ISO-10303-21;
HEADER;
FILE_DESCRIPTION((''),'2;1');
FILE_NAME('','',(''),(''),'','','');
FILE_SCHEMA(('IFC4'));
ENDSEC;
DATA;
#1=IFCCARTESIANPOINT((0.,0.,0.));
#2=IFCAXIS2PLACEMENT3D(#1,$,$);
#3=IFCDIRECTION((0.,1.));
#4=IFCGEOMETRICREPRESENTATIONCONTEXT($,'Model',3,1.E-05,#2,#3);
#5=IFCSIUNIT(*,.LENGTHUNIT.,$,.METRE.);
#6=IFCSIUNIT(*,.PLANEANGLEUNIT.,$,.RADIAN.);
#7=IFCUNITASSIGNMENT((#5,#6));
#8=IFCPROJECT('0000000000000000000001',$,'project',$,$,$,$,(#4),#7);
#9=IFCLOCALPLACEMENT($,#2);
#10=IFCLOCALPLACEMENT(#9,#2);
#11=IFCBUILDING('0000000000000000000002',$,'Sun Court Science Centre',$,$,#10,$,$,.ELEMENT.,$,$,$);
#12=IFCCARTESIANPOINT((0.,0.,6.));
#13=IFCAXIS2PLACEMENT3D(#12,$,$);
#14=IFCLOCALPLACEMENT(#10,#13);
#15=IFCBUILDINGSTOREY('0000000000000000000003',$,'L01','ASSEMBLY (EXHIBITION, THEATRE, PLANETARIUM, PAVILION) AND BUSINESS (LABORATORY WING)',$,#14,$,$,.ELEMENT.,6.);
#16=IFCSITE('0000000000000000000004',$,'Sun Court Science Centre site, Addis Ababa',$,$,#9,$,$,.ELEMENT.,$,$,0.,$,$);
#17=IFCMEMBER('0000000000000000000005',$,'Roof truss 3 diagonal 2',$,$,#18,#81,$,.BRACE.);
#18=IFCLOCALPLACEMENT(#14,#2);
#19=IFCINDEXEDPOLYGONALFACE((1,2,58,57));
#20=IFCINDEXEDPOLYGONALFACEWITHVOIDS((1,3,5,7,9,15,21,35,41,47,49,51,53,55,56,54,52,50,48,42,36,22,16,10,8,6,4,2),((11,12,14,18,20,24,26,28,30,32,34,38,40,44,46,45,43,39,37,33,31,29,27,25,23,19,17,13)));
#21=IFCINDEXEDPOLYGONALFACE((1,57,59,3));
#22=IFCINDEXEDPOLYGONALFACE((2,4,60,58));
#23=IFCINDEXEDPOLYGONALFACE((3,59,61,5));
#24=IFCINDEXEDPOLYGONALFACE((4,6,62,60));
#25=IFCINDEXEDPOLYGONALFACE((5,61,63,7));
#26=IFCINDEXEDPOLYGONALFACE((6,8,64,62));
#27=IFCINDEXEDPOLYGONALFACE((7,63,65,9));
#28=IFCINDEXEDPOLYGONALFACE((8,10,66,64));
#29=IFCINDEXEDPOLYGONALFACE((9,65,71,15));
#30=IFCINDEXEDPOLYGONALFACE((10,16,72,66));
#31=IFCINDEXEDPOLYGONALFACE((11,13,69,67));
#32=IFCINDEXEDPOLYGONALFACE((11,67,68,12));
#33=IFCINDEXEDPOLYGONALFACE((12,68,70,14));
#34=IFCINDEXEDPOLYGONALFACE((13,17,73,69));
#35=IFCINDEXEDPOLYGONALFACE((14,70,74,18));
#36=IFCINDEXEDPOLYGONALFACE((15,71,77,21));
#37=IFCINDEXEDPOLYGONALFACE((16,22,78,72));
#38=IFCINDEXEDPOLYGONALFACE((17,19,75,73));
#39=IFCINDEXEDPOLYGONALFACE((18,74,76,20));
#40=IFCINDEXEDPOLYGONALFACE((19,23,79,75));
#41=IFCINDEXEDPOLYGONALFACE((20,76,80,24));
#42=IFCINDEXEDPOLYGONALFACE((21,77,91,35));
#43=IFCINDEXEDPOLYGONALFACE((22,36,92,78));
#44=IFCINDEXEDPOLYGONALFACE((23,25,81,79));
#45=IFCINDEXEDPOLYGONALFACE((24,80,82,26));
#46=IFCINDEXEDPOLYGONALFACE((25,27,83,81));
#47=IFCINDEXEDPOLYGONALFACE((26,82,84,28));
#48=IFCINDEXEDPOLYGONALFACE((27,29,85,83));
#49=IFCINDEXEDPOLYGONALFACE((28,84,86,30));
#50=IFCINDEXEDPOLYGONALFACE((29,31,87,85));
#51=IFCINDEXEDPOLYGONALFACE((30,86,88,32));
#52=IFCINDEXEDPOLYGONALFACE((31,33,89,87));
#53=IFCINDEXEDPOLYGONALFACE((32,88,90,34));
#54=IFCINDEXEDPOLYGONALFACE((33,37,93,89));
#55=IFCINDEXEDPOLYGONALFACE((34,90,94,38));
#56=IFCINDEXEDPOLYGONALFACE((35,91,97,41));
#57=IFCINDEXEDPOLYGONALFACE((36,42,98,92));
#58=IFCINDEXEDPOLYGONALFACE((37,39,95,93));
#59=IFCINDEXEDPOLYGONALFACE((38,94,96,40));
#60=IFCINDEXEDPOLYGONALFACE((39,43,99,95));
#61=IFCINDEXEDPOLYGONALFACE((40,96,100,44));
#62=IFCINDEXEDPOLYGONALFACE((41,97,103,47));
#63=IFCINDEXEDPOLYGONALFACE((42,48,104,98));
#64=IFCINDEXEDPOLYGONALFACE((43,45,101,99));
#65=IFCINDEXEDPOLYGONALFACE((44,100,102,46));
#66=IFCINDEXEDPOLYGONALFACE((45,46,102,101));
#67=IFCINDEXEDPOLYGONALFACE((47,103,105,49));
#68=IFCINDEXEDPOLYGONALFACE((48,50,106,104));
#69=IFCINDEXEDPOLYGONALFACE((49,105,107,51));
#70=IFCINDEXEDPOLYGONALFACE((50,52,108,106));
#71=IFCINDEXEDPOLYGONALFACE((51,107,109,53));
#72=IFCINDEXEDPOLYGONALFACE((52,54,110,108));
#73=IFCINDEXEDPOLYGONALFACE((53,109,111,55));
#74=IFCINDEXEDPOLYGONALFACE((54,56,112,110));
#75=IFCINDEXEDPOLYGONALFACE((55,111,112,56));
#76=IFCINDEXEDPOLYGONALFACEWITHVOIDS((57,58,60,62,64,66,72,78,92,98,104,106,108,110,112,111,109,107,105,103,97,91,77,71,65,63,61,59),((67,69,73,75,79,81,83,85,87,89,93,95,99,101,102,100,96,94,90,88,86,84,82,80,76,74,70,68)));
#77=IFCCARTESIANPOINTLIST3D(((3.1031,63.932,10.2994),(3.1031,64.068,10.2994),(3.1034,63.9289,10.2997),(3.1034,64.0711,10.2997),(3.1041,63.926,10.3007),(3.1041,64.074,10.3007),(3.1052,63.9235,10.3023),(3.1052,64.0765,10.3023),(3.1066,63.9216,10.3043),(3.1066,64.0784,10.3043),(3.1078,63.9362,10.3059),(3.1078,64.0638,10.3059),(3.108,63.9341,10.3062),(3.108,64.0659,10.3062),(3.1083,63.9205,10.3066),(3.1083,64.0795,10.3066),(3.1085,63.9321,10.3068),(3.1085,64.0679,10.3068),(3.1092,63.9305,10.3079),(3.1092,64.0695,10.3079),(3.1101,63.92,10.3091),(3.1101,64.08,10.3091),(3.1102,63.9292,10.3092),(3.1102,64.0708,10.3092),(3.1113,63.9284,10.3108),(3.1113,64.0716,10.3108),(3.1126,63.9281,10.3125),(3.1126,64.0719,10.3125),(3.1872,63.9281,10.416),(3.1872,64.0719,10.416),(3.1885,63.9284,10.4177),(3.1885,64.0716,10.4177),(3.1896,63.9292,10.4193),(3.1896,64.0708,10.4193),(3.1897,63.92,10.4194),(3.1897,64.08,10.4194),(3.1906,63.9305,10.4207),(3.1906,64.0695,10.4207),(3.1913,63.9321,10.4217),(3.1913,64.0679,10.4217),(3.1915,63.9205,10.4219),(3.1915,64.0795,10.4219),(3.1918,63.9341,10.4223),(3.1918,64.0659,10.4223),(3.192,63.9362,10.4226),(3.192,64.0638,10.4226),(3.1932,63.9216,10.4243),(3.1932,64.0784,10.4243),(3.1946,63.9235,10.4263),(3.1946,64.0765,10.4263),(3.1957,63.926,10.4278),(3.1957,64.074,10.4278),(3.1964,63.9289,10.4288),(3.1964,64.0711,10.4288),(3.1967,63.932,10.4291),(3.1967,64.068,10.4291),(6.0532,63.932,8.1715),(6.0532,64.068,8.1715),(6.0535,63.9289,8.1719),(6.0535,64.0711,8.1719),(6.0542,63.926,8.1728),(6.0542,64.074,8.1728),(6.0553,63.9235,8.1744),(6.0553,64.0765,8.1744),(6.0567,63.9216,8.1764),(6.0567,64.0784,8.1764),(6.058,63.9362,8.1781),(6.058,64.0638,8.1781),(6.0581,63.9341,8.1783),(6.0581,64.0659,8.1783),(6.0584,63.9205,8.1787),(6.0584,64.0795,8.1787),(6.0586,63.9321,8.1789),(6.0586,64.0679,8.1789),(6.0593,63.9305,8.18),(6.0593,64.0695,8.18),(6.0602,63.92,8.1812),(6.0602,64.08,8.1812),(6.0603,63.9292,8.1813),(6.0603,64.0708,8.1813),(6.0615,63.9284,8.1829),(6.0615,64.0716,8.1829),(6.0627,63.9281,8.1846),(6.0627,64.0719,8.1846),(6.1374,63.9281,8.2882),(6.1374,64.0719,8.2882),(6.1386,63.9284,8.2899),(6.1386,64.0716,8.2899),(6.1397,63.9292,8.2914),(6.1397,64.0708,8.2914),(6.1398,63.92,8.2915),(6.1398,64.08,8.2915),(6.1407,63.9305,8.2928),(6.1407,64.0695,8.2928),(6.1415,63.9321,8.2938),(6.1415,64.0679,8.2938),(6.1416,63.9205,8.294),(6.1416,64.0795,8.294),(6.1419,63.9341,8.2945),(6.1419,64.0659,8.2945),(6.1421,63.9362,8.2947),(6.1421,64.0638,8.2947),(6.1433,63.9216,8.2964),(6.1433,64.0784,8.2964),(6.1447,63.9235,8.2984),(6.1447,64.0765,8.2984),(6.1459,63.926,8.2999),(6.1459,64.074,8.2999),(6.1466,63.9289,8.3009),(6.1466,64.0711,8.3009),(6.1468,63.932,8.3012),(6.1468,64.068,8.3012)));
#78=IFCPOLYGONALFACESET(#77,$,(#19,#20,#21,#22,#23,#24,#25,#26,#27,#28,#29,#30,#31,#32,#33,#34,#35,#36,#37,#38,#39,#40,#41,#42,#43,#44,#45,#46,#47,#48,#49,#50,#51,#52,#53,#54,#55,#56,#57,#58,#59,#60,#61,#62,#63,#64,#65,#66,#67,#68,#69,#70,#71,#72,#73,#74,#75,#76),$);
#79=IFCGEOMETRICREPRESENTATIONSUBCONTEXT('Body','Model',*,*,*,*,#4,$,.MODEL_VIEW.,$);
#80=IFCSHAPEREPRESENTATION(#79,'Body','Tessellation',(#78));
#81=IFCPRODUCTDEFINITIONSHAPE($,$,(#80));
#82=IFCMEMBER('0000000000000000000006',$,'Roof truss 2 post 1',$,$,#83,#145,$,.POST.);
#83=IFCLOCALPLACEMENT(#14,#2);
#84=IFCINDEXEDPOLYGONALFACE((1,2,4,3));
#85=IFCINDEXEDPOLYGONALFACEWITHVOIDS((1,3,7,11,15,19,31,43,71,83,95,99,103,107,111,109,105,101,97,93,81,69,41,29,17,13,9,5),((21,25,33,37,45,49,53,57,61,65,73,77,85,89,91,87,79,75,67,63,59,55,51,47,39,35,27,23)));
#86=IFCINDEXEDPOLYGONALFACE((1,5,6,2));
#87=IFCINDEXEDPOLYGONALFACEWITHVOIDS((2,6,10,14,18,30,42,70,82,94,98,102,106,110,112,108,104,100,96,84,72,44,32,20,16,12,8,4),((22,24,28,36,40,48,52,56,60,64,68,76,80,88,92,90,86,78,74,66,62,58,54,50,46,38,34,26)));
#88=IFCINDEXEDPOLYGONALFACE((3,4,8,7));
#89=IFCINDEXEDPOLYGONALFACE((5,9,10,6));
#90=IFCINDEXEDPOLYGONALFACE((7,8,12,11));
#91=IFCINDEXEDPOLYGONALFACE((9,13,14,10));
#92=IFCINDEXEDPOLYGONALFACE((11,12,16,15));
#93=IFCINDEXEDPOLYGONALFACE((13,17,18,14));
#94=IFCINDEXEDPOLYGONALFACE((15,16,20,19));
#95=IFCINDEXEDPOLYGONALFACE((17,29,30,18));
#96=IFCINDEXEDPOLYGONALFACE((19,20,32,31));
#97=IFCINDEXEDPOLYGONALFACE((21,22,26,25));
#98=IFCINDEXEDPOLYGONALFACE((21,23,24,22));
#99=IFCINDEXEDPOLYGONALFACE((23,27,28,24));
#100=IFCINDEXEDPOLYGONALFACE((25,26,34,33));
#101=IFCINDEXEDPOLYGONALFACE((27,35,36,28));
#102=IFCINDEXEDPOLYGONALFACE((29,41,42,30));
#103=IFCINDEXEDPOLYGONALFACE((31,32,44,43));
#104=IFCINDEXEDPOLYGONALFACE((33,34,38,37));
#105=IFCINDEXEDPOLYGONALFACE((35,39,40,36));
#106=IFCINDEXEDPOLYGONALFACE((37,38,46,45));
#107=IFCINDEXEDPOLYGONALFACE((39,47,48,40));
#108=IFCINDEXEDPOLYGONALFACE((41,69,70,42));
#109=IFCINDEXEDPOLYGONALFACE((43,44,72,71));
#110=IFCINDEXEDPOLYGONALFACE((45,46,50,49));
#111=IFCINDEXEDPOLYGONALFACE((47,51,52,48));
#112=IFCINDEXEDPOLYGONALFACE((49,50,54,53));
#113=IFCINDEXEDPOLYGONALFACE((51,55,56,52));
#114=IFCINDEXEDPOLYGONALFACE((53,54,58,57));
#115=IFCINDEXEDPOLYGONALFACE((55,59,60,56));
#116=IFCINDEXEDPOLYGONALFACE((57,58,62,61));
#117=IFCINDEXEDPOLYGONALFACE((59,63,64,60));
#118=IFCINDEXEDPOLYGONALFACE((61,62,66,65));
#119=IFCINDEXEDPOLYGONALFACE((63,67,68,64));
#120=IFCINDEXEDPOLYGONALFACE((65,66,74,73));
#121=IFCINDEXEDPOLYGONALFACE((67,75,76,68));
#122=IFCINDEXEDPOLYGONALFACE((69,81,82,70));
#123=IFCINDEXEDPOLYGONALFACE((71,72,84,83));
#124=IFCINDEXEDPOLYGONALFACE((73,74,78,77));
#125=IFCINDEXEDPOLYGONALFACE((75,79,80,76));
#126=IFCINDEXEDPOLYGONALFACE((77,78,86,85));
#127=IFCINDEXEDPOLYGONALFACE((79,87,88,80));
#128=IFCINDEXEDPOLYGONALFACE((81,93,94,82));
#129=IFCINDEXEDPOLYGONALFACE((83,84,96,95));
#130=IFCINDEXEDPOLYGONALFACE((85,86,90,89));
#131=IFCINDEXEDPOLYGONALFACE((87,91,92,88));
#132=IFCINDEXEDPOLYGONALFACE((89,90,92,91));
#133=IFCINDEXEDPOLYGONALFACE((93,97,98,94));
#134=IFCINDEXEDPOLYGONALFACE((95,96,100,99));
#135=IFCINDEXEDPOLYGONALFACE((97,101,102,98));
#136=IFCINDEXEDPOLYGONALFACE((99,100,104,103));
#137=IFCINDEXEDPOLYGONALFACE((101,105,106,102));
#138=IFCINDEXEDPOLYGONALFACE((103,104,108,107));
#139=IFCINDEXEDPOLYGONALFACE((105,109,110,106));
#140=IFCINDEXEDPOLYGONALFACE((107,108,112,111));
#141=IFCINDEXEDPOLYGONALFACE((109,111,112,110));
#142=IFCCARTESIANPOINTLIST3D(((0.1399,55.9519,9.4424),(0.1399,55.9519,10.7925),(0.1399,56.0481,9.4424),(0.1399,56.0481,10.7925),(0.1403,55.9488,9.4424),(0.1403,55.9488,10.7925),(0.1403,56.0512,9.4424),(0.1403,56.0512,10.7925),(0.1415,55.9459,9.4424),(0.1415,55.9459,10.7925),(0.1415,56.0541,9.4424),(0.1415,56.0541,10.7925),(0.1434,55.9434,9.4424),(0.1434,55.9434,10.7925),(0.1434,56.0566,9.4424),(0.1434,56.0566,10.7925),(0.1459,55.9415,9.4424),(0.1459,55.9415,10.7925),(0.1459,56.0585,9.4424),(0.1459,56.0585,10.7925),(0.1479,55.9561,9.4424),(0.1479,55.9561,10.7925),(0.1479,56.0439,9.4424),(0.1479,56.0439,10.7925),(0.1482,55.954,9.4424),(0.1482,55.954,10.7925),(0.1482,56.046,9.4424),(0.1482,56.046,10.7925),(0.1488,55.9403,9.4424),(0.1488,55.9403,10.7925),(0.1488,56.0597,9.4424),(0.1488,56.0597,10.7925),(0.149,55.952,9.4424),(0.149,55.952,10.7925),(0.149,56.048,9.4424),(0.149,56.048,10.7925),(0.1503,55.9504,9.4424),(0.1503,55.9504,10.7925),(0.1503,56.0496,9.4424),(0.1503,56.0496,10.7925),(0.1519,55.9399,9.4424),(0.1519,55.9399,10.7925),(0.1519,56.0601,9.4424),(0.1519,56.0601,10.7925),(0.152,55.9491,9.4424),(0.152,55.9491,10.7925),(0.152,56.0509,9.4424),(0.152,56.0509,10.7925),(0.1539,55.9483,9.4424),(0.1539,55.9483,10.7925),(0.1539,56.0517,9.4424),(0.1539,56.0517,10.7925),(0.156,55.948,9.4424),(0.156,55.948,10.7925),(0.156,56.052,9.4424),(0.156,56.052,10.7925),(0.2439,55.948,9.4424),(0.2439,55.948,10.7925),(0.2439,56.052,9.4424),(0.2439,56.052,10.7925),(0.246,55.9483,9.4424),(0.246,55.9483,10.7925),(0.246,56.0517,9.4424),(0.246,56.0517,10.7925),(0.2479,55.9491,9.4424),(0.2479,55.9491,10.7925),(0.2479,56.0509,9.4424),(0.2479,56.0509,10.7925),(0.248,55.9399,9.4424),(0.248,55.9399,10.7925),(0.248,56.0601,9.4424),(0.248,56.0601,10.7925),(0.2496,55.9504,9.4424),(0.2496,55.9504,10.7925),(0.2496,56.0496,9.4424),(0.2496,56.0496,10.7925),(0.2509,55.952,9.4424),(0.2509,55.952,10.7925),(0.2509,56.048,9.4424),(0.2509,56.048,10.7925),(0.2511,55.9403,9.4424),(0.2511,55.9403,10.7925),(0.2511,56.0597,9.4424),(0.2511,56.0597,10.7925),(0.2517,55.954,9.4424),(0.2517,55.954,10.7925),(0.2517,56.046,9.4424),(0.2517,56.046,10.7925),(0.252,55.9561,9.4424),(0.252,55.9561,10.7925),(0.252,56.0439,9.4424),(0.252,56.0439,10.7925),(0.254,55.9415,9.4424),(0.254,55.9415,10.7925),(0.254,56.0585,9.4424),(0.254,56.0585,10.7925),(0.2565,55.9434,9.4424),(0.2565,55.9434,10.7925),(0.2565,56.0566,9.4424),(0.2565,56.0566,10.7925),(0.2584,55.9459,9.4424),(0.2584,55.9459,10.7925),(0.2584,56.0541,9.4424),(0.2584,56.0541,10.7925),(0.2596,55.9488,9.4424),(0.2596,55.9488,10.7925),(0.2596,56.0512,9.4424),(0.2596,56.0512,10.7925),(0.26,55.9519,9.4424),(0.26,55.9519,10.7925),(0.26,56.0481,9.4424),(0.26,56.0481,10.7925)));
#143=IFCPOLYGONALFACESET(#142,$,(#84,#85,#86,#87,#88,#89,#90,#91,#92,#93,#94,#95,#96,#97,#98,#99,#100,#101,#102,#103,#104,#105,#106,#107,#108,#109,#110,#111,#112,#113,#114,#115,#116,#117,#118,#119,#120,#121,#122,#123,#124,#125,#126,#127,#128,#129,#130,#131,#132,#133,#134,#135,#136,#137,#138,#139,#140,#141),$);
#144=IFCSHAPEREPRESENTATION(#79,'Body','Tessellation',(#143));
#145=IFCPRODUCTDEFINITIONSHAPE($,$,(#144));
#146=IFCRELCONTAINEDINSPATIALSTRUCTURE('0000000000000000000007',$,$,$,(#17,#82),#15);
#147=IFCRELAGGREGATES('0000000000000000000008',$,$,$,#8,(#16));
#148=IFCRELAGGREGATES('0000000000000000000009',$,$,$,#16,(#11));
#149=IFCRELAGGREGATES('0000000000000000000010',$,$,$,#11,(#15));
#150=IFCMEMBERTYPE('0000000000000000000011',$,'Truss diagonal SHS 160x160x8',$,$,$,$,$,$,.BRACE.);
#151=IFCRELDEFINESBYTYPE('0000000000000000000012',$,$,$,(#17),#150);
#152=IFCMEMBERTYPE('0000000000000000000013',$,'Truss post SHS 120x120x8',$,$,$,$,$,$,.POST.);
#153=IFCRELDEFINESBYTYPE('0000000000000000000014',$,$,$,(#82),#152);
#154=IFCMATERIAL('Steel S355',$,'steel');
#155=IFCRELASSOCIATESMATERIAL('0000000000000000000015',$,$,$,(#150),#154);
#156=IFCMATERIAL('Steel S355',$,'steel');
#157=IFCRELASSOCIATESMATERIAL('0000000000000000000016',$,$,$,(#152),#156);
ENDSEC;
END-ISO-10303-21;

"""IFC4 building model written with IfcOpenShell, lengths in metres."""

from ifc_helpers import new_model, si_unit, direction, frame, origin, origin_2d, place, context, subcontext, project, spatial, hollow_rectangle, extrude, material, material_profile, profile_set, type_object, element, save


model = new_model("IFC4")

# Units and contexts
model_context = context("Model", 3, precision=1e-05, world=origin(), true_north=direction((0.0, 1.0)))
body_context = subcontext(model_context, "Body", "Model", "MODEL_VIEW")
ifc_project = project(units=[si_unit("LENGTHUNIT", "METRE"), si_unit("PLANEANGLEUNIT", "RADIAN")], contexts=[model_context])

# Site, building, storey
site_placement = place(None, origin())
site = spatial("IfcSite", under=ifc_project, at=site_placement, Name="Sun Court Science Centre site, Addis Ababa", CompositionType="ELEMENT", RefElevation=0.0)
building_placement = place(site_placement, origin())
building = spatial("IfcBuilding", under=site, at=building_placement, Name="Sun Court Science Centre", CompositionType="ELEMENT")
storey_placement = place(building_placement, frame((0.0, 0.0, 6.0)))
storey = spatial("IfcBuildingStorey", under=building, at=storey_placement, Name="L01", Description="ASSEMBLY (EXHIBITION, THEATRE, PLANETARIUM, PAVILION) AND BUSINESS (LABORATORY WING)", CompositionType="ELEMENT", Elevation=6.0)

# Members
ifc_material_1 = material(Name="Steel S355", Category="steel")
ifc_material_profile_1 = material_profile(ifc_material_1, hollow_rectangle(XDim=0.1599, YDim=0.1599, WallThickness=0.0081, InnerFilletRadius=0.0081, OuterFilletRadius=0.012, at=origin_2d()), Name="SHS 160x160x8")
ifc_profile_set_1 = profile_set([ifc_material_profile_1], Name="Steel S355")
member_type_1 = type_object("IfcMemberType", Name="Truss diagonal SHS 160x160x8", PredefinedType="BRACE", material=ifc_profile_set_1)
member_1_placement = place(storey_placement, frame((3.1499, 64.0, 10.3643), z_axis=(0.81104, 0.0, -0.584991), x_axis=(0.0, 1.0, 0.0)))
element("IfcMember", 1, at=member_1_placement, inside=storey, type_object=member_type_1, Name="Roof truss 3 diagonal 2", PredefinedType="BRACE", context=body_context, shape_type="SweptSolid", body=[
    extrude(hollow_rectangle(XDim=0.1599, YDim=0.1599, WallThickness=0.0081, InnerFilletRadius=0.0081, OuterFilletRadius=0.012, at=origin_2d()), origin(), (0.0, 0.0, 1.0), 3.6375),
])
ifc_material_2 = material(Name="Steel S355", Category="steel")
ifc_material_profile_2 = material_profile(ifc_material_2, hollow_rectangle(XDim=0.1201, YDim=0.1201, WallThickness=0.0081, InnerFilletRadius=0.0081, OuterFilletRadius=0.012, at=origin_2d()), Name="SHS 120x120x8")
ifc_profile_set_2 = profile_set([ifc_material_profile_2], Name="Steel S355")
member_type_2 = type_object("IfcMemberType", Name="Truss post SHS 120x120x8", PredefinedType="POST", material=ifc_profile_set_2)
member_2_placement = place(storey_placement, frame((0.2, 56.0, 9.4424), z_axis=(0.0, 0.0, 1.0), x_axis=(1.0, 0.0, 0.0)))
element("IfcMember", 2, at=member_2_placement, inside=storey, type_object=member_type_2, Name="Roof truss 2 post 1", PredefinedType="POST", context=body_context, shape_type="SweptSolid", body=[
    extrude(hollow_rectangle(XDim=0.1201, YDim=0.1201, WallThickness=0.0081, InnerFilletRadius=0.0081, OuterFilletRadius=0.012, at=origin_2d()), origin(), (0.0, 0.0, 1.0), 1.3501),
])

save(model, "model.ifc")
